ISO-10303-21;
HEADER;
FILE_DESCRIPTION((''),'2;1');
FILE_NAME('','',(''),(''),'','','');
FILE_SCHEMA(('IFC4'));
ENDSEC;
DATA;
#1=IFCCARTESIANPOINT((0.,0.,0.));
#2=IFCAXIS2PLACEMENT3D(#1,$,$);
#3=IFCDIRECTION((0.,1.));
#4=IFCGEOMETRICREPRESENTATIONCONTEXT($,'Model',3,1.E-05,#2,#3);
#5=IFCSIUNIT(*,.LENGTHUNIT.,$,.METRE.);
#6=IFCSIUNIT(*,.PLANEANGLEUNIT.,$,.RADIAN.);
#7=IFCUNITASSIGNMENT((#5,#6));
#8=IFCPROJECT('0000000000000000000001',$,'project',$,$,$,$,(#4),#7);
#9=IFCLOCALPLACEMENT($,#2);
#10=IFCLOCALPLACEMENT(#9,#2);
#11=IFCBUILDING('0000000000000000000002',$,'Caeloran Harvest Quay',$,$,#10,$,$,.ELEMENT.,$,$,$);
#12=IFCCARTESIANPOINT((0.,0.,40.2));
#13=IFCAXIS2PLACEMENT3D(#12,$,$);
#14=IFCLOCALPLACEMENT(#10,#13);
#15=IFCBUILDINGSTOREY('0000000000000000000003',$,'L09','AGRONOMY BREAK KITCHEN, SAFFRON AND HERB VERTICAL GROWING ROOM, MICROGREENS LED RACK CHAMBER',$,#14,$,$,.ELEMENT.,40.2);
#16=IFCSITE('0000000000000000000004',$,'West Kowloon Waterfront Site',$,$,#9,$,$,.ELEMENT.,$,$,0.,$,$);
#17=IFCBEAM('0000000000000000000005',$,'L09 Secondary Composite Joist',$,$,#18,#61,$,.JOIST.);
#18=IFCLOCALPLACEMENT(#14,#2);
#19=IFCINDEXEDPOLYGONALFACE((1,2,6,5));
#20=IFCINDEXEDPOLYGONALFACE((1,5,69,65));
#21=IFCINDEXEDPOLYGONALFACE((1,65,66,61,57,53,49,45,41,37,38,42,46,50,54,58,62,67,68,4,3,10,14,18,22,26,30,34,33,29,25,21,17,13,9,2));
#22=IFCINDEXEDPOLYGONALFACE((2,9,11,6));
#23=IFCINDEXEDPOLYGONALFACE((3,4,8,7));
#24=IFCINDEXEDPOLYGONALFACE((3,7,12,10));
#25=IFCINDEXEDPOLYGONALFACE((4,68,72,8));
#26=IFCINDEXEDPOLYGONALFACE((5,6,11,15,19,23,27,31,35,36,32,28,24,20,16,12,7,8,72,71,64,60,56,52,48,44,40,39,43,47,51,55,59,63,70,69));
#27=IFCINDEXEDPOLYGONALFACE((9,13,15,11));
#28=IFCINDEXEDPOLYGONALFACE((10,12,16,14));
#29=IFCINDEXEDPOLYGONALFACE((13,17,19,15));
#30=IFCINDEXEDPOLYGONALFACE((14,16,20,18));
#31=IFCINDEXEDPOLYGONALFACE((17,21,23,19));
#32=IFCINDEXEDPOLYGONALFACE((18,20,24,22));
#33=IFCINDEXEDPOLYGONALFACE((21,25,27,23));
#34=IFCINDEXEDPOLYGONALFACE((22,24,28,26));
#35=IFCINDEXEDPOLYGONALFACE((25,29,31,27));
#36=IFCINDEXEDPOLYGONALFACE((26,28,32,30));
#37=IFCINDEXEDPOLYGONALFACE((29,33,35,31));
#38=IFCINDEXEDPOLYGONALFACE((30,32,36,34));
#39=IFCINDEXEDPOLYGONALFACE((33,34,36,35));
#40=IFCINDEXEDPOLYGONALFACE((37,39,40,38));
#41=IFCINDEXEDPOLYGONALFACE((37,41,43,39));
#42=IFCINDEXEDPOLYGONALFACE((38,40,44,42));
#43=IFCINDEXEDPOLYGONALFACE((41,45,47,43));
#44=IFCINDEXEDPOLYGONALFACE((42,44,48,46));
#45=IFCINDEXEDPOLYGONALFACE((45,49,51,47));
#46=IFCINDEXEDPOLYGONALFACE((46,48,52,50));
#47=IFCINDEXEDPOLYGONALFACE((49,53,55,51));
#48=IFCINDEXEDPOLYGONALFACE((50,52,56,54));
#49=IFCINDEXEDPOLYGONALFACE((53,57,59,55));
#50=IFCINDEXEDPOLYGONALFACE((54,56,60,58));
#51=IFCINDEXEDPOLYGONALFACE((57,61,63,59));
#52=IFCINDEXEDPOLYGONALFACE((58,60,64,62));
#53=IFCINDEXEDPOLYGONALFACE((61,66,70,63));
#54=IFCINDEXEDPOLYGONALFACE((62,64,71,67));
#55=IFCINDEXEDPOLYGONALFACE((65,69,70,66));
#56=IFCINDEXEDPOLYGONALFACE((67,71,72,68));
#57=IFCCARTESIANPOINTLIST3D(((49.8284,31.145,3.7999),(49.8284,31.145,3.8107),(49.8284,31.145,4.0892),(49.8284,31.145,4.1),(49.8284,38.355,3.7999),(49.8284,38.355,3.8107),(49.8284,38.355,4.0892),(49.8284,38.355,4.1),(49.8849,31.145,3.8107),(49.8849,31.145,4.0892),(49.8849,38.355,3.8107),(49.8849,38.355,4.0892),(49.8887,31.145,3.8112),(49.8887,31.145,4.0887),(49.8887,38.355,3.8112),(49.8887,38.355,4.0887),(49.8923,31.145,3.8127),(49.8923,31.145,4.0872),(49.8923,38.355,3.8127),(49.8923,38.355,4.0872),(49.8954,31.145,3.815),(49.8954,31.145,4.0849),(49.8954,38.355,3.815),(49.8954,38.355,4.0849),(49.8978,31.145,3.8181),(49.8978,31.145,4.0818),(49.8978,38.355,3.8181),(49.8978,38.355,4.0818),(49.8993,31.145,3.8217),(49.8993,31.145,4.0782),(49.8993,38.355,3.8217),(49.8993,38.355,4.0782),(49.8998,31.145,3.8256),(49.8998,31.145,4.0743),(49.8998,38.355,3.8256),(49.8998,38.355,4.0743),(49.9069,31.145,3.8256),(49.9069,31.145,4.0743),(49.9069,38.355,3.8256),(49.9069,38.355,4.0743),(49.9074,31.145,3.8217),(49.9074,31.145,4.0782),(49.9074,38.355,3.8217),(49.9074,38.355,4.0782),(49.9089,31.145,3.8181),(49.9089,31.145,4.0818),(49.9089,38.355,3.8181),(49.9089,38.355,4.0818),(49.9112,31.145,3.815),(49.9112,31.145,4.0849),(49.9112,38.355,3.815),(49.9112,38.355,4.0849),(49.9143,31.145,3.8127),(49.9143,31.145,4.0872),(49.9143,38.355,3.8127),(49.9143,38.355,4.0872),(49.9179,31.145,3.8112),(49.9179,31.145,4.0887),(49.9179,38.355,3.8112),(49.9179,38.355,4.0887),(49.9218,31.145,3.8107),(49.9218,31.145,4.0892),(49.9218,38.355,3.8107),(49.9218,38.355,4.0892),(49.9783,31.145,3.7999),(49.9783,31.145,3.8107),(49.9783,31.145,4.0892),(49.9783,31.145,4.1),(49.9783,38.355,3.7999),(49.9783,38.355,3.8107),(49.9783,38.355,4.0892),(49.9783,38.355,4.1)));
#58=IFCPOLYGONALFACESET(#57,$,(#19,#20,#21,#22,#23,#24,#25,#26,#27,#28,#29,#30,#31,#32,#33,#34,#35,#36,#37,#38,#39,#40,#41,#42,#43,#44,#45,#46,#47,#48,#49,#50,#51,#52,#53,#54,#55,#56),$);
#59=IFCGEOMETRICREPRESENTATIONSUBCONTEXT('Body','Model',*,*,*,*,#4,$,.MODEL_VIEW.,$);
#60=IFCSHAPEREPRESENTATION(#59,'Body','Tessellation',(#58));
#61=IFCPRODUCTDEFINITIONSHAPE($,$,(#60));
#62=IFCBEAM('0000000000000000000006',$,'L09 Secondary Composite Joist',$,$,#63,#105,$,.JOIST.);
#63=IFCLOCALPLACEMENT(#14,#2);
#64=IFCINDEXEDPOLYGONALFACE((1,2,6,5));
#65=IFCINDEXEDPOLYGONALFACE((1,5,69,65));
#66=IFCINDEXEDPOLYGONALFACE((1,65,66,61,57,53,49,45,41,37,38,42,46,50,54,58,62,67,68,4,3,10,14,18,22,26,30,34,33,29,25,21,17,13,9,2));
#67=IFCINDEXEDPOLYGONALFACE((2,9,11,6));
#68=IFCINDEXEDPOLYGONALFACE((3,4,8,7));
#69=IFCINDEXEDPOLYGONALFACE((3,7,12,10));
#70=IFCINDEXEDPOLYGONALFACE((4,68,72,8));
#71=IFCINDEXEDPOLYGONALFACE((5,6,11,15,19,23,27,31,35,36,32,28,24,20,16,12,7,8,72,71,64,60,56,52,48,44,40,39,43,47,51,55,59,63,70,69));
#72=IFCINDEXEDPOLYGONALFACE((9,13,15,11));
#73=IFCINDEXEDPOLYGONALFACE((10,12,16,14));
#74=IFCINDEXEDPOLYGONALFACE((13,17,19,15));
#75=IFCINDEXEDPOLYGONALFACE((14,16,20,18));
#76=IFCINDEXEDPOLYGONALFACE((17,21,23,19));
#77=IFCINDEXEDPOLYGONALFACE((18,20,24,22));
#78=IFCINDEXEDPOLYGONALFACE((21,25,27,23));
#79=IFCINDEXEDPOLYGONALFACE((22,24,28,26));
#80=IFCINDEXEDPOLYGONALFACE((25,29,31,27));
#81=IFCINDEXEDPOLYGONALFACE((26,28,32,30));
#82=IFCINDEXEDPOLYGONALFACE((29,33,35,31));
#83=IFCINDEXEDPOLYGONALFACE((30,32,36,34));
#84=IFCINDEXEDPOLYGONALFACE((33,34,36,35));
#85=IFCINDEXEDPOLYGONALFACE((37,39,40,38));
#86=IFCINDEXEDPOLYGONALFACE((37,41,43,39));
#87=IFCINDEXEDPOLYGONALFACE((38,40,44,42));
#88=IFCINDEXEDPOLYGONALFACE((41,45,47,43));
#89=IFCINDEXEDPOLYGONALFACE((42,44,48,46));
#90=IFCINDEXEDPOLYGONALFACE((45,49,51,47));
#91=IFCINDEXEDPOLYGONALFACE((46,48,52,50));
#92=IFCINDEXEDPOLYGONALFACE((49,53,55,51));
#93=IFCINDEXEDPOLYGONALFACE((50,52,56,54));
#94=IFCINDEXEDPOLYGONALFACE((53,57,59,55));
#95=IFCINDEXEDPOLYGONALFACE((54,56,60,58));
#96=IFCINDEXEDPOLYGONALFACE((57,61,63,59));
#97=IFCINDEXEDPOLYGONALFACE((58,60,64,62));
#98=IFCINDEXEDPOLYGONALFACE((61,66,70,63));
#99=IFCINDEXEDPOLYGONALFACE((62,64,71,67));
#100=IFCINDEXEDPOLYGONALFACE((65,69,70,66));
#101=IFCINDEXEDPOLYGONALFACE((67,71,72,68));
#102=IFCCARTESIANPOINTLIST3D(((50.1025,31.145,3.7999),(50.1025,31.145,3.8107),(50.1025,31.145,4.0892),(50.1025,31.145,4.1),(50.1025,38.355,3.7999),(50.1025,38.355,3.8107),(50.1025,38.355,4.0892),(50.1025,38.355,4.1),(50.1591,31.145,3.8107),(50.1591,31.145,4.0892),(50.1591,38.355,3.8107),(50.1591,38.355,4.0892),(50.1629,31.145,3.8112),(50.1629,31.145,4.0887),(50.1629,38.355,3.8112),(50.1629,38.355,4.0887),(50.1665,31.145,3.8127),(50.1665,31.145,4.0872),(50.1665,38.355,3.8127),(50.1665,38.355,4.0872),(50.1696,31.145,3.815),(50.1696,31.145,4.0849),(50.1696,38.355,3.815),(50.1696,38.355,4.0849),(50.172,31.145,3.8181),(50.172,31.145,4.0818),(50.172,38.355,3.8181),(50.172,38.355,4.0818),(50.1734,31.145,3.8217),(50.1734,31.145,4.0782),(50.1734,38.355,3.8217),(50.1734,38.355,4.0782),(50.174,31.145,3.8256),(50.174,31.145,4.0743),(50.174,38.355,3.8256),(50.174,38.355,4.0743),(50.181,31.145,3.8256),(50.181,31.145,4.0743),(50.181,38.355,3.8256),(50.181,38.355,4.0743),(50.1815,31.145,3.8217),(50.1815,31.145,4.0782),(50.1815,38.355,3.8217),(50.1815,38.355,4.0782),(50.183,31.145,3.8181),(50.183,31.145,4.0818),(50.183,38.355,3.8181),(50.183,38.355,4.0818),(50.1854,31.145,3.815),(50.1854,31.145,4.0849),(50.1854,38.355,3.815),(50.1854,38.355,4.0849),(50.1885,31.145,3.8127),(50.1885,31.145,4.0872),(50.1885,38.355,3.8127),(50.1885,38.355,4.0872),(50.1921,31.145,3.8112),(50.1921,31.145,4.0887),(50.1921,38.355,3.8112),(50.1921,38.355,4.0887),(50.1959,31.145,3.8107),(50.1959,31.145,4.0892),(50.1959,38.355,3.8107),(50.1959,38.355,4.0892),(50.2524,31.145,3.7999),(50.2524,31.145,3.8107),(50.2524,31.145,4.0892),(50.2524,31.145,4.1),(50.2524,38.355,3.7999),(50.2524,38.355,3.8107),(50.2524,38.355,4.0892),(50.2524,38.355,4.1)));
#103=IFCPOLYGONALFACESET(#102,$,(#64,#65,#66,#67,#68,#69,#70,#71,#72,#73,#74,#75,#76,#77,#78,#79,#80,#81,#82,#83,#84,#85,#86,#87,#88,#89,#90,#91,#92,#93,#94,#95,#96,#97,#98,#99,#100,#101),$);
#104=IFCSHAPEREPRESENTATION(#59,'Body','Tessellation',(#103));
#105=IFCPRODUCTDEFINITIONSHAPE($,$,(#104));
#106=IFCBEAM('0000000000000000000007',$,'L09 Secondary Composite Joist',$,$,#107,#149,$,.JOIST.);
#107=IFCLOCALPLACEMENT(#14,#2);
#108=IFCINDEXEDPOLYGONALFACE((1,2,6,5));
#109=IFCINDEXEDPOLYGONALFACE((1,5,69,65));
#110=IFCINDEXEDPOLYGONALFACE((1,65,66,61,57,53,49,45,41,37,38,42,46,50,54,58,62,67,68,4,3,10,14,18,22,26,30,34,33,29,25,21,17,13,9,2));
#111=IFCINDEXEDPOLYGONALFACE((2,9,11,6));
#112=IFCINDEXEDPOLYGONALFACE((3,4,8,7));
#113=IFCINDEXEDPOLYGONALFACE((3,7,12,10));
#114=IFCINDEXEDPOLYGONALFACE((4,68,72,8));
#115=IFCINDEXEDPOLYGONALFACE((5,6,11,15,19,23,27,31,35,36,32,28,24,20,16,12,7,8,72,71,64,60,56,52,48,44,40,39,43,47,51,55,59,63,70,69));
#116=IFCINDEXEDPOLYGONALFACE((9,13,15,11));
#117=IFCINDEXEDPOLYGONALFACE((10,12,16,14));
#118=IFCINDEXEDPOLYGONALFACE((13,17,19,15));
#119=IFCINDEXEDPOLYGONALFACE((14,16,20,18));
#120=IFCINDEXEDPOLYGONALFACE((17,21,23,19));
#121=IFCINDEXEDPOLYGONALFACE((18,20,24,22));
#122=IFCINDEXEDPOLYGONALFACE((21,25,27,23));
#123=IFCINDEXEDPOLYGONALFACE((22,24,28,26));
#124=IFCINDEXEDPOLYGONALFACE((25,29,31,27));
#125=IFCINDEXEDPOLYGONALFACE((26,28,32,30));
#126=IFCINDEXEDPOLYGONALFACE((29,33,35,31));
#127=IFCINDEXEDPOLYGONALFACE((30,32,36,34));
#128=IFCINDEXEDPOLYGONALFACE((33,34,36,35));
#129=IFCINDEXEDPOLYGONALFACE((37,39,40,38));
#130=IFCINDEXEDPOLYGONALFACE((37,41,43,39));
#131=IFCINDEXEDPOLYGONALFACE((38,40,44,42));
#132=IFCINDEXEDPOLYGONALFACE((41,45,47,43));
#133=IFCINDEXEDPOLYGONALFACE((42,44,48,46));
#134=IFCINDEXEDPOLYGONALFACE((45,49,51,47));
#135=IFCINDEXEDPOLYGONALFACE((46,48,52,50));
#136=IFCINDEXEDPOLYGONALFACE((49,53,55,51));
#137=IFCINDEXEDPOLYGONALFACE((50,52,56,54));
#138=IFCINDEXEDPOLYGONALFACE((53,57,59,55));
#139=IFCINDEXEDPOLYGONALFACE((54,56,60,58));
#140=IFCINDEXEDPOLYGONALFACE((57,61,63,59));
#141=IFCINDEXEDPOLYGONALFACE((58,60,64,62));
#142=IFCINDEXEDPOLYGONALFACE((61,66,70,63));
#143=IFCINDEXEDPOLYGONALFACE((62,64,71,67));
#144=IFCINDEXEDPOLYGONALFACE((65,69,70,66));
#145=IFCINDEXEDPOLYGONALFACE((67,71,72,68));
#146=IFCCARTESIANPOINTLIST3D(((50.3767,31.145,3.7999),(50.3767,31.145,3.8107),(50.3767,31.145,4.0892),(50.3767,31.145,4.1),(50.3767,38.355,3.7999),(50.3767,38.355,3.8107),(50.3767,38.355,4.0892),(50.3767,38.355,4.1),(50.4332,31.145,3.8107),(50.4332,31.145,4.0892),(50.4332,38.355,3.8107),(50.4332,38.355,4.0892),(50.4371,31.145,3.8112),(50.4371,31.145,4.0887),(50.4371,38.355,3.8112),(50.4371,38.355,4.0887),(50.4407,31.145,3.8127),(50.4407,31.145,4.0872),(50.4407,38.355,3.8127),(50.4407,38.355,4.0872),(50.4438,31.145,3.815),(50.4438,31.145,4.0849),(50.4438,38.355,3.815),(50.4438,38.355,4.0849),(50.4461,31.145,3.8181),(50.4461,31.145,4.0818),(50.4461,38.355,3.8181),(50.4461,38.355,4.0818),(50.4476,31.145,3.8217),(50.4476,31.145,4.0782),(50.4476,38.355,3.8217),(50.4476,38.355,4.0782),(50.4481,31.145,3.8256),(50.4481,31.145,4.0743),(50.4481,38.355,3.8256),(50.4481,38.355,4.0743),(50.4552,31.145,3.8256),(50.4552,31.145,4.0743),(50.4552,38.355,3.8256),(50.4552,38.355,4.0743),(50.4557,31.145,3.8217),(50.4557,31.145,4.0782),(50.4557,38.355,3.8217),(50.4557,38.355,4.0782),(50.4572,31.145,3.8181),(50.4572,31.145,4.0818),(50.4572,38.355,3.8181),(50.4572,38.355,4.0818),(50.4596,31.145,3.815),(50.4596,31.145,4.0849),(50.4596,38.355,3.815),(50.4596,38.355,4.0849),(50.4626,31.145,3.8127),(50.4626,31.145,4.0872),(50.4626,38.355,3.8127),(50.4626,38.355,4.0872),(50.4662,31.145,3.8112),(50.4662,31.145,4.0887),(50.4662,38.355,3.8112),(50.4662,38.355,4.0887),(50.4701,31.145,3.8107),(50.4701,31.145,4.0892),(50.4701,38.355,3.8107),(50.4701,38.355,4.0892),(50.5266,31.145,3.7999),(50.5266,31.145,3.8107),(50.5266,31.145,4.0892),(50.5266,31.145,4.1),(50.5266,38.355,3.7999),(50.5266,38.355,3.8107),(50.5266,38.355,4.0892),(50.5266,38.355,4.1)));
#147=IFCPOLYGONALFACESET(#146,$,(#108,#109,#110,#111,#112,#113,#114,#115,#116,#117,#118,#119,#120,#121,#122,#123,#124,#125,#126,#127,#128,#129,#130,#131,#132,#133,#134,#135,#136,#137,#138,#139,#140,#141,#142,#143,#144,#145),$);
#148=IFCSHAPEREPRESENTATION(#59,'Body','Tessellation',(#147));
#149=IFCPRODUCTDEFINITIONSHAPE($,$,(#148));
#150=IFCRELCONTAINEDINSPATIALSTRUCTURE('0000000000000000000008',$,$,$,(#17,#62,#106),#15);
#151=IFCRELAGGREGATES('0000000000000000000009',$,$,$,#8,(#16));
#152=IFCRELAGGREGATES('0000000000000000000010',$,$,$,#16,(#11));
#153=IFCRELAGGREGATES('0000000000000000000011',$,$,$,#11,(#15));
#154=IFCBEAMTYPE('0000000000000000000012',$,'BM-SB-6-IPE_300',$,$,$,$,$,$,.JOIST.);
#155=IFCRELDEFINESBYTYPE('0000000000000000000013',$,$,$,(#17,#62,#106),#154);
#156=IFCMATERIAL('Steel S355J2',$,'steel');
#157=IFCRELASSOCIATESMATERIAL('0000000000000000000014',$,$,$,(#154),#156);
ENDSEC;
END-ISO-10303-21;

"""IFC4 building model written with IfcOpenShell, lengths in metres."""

from ifc_helpers import new_model, si_unit, direction, frame, origin, origin_2d, place, context, subcontext, project, spatial, i_section, extrude, material, material_profile, profile_set, type_object, element, save


model = new_model("IFC4")

# Units and contexts
model_context = context("Model", 3, precision=1e-05, world=origin(), true_north=direction((0.0, 1.0)))
body_context = subcontext(model_context, "Body", "Model", "MODEL_VIEW")
ifc_project = project(units=[si_unit("LENGTHUNIT", "METRE"), si_unit("PLANEANGLEUNIT", "RADIAN")], contexts=[model_context])

# Site, building, storey
site_placement = place(None, origin())
site = spatial("IfcSite", under=ifc_project, at=site_placement, Name="West Kowloon Waterfront Site", CompositionType="ELEMENT", RefElevation=0.0)
building_placement = place(site_placement, origin())
building = spatial("IfcBuilding", under=site, at=building_placement, Name="Caeloran Harvest Quay", CompositionType="ELEMENT")
storey_placement = place(building_placement, frame((0.0, 0.0, 40.2)))
storey = spatial("IfcBuildingStorey", under=building, at=storey_placement, Name="L09", Description="AGRONOMY BREAK KITCHEN, SAFFRON AND HERB VERTICAL GROWING ROOM, MICROGREENS LED RACK CHAMBER", CompositionType="ELEMENT", Elevation=40.2)

# Beams
ifc_material_1 = material(Name="Steel S355J2", Category="steel")
ifc_material_profile_1 = material_profile(ifc_material_1, i_section(OverallWidth=0.1499, OverallDepth=0.3, WebThickness=0.0071, FlangeThickness=0.0107, FilletRadius=0.0149, at=origin_2d()), Name="IPE 300")
ifc_profile_set_1 = profile_set([ifc_material_profile_1], Name="Steel S355J2")
beam_type_1 = type_object("IfcBeamType", Name="BM-SB-6-IPE_300", PredefinedType="JOIST", material=ifc_profile_set_1)
for number, where, z_axis, x_axis, name in (
    (1, (49.9033, 31.145, 3.95), (0.0, 1.0, 0.0), (-1.0, 0.0, 0.0), "L09 Secondary Composite Joist"),
    (2, (50.1775, 31.145, 3.95), (0.0, 1.0, 0.0), (-1.0, 0.0, 0.0), "L09 Secondary Composite Joist"),
    (3, (50.4517, 31.145, 3.95), (0.0, 1.0, 0.0), (-1.0, 0.0, 0.0), "L09 Secondary Composite Joist"),
):
    element("IfcBeam", number, at=place(storey_placement, frame(where, z_axis=z_axis, x_axis=x_axis)), inside=storey, type_object=beam_type_1, Name=name, PredefinedType="JOIST", context=body_context, shape_type="SweptSolid", body=[
        extrude(i_section(OverallWidth=0.1499, OverallDepth=0.3, WebThickness=0.0071, FlangeThickness=0.0107, FilletRadius=0.0149, at=origin_2d()), origin(), (0.0, 0.0, 1.0), 7.21),
    ])

save(model, "model.ifc")
